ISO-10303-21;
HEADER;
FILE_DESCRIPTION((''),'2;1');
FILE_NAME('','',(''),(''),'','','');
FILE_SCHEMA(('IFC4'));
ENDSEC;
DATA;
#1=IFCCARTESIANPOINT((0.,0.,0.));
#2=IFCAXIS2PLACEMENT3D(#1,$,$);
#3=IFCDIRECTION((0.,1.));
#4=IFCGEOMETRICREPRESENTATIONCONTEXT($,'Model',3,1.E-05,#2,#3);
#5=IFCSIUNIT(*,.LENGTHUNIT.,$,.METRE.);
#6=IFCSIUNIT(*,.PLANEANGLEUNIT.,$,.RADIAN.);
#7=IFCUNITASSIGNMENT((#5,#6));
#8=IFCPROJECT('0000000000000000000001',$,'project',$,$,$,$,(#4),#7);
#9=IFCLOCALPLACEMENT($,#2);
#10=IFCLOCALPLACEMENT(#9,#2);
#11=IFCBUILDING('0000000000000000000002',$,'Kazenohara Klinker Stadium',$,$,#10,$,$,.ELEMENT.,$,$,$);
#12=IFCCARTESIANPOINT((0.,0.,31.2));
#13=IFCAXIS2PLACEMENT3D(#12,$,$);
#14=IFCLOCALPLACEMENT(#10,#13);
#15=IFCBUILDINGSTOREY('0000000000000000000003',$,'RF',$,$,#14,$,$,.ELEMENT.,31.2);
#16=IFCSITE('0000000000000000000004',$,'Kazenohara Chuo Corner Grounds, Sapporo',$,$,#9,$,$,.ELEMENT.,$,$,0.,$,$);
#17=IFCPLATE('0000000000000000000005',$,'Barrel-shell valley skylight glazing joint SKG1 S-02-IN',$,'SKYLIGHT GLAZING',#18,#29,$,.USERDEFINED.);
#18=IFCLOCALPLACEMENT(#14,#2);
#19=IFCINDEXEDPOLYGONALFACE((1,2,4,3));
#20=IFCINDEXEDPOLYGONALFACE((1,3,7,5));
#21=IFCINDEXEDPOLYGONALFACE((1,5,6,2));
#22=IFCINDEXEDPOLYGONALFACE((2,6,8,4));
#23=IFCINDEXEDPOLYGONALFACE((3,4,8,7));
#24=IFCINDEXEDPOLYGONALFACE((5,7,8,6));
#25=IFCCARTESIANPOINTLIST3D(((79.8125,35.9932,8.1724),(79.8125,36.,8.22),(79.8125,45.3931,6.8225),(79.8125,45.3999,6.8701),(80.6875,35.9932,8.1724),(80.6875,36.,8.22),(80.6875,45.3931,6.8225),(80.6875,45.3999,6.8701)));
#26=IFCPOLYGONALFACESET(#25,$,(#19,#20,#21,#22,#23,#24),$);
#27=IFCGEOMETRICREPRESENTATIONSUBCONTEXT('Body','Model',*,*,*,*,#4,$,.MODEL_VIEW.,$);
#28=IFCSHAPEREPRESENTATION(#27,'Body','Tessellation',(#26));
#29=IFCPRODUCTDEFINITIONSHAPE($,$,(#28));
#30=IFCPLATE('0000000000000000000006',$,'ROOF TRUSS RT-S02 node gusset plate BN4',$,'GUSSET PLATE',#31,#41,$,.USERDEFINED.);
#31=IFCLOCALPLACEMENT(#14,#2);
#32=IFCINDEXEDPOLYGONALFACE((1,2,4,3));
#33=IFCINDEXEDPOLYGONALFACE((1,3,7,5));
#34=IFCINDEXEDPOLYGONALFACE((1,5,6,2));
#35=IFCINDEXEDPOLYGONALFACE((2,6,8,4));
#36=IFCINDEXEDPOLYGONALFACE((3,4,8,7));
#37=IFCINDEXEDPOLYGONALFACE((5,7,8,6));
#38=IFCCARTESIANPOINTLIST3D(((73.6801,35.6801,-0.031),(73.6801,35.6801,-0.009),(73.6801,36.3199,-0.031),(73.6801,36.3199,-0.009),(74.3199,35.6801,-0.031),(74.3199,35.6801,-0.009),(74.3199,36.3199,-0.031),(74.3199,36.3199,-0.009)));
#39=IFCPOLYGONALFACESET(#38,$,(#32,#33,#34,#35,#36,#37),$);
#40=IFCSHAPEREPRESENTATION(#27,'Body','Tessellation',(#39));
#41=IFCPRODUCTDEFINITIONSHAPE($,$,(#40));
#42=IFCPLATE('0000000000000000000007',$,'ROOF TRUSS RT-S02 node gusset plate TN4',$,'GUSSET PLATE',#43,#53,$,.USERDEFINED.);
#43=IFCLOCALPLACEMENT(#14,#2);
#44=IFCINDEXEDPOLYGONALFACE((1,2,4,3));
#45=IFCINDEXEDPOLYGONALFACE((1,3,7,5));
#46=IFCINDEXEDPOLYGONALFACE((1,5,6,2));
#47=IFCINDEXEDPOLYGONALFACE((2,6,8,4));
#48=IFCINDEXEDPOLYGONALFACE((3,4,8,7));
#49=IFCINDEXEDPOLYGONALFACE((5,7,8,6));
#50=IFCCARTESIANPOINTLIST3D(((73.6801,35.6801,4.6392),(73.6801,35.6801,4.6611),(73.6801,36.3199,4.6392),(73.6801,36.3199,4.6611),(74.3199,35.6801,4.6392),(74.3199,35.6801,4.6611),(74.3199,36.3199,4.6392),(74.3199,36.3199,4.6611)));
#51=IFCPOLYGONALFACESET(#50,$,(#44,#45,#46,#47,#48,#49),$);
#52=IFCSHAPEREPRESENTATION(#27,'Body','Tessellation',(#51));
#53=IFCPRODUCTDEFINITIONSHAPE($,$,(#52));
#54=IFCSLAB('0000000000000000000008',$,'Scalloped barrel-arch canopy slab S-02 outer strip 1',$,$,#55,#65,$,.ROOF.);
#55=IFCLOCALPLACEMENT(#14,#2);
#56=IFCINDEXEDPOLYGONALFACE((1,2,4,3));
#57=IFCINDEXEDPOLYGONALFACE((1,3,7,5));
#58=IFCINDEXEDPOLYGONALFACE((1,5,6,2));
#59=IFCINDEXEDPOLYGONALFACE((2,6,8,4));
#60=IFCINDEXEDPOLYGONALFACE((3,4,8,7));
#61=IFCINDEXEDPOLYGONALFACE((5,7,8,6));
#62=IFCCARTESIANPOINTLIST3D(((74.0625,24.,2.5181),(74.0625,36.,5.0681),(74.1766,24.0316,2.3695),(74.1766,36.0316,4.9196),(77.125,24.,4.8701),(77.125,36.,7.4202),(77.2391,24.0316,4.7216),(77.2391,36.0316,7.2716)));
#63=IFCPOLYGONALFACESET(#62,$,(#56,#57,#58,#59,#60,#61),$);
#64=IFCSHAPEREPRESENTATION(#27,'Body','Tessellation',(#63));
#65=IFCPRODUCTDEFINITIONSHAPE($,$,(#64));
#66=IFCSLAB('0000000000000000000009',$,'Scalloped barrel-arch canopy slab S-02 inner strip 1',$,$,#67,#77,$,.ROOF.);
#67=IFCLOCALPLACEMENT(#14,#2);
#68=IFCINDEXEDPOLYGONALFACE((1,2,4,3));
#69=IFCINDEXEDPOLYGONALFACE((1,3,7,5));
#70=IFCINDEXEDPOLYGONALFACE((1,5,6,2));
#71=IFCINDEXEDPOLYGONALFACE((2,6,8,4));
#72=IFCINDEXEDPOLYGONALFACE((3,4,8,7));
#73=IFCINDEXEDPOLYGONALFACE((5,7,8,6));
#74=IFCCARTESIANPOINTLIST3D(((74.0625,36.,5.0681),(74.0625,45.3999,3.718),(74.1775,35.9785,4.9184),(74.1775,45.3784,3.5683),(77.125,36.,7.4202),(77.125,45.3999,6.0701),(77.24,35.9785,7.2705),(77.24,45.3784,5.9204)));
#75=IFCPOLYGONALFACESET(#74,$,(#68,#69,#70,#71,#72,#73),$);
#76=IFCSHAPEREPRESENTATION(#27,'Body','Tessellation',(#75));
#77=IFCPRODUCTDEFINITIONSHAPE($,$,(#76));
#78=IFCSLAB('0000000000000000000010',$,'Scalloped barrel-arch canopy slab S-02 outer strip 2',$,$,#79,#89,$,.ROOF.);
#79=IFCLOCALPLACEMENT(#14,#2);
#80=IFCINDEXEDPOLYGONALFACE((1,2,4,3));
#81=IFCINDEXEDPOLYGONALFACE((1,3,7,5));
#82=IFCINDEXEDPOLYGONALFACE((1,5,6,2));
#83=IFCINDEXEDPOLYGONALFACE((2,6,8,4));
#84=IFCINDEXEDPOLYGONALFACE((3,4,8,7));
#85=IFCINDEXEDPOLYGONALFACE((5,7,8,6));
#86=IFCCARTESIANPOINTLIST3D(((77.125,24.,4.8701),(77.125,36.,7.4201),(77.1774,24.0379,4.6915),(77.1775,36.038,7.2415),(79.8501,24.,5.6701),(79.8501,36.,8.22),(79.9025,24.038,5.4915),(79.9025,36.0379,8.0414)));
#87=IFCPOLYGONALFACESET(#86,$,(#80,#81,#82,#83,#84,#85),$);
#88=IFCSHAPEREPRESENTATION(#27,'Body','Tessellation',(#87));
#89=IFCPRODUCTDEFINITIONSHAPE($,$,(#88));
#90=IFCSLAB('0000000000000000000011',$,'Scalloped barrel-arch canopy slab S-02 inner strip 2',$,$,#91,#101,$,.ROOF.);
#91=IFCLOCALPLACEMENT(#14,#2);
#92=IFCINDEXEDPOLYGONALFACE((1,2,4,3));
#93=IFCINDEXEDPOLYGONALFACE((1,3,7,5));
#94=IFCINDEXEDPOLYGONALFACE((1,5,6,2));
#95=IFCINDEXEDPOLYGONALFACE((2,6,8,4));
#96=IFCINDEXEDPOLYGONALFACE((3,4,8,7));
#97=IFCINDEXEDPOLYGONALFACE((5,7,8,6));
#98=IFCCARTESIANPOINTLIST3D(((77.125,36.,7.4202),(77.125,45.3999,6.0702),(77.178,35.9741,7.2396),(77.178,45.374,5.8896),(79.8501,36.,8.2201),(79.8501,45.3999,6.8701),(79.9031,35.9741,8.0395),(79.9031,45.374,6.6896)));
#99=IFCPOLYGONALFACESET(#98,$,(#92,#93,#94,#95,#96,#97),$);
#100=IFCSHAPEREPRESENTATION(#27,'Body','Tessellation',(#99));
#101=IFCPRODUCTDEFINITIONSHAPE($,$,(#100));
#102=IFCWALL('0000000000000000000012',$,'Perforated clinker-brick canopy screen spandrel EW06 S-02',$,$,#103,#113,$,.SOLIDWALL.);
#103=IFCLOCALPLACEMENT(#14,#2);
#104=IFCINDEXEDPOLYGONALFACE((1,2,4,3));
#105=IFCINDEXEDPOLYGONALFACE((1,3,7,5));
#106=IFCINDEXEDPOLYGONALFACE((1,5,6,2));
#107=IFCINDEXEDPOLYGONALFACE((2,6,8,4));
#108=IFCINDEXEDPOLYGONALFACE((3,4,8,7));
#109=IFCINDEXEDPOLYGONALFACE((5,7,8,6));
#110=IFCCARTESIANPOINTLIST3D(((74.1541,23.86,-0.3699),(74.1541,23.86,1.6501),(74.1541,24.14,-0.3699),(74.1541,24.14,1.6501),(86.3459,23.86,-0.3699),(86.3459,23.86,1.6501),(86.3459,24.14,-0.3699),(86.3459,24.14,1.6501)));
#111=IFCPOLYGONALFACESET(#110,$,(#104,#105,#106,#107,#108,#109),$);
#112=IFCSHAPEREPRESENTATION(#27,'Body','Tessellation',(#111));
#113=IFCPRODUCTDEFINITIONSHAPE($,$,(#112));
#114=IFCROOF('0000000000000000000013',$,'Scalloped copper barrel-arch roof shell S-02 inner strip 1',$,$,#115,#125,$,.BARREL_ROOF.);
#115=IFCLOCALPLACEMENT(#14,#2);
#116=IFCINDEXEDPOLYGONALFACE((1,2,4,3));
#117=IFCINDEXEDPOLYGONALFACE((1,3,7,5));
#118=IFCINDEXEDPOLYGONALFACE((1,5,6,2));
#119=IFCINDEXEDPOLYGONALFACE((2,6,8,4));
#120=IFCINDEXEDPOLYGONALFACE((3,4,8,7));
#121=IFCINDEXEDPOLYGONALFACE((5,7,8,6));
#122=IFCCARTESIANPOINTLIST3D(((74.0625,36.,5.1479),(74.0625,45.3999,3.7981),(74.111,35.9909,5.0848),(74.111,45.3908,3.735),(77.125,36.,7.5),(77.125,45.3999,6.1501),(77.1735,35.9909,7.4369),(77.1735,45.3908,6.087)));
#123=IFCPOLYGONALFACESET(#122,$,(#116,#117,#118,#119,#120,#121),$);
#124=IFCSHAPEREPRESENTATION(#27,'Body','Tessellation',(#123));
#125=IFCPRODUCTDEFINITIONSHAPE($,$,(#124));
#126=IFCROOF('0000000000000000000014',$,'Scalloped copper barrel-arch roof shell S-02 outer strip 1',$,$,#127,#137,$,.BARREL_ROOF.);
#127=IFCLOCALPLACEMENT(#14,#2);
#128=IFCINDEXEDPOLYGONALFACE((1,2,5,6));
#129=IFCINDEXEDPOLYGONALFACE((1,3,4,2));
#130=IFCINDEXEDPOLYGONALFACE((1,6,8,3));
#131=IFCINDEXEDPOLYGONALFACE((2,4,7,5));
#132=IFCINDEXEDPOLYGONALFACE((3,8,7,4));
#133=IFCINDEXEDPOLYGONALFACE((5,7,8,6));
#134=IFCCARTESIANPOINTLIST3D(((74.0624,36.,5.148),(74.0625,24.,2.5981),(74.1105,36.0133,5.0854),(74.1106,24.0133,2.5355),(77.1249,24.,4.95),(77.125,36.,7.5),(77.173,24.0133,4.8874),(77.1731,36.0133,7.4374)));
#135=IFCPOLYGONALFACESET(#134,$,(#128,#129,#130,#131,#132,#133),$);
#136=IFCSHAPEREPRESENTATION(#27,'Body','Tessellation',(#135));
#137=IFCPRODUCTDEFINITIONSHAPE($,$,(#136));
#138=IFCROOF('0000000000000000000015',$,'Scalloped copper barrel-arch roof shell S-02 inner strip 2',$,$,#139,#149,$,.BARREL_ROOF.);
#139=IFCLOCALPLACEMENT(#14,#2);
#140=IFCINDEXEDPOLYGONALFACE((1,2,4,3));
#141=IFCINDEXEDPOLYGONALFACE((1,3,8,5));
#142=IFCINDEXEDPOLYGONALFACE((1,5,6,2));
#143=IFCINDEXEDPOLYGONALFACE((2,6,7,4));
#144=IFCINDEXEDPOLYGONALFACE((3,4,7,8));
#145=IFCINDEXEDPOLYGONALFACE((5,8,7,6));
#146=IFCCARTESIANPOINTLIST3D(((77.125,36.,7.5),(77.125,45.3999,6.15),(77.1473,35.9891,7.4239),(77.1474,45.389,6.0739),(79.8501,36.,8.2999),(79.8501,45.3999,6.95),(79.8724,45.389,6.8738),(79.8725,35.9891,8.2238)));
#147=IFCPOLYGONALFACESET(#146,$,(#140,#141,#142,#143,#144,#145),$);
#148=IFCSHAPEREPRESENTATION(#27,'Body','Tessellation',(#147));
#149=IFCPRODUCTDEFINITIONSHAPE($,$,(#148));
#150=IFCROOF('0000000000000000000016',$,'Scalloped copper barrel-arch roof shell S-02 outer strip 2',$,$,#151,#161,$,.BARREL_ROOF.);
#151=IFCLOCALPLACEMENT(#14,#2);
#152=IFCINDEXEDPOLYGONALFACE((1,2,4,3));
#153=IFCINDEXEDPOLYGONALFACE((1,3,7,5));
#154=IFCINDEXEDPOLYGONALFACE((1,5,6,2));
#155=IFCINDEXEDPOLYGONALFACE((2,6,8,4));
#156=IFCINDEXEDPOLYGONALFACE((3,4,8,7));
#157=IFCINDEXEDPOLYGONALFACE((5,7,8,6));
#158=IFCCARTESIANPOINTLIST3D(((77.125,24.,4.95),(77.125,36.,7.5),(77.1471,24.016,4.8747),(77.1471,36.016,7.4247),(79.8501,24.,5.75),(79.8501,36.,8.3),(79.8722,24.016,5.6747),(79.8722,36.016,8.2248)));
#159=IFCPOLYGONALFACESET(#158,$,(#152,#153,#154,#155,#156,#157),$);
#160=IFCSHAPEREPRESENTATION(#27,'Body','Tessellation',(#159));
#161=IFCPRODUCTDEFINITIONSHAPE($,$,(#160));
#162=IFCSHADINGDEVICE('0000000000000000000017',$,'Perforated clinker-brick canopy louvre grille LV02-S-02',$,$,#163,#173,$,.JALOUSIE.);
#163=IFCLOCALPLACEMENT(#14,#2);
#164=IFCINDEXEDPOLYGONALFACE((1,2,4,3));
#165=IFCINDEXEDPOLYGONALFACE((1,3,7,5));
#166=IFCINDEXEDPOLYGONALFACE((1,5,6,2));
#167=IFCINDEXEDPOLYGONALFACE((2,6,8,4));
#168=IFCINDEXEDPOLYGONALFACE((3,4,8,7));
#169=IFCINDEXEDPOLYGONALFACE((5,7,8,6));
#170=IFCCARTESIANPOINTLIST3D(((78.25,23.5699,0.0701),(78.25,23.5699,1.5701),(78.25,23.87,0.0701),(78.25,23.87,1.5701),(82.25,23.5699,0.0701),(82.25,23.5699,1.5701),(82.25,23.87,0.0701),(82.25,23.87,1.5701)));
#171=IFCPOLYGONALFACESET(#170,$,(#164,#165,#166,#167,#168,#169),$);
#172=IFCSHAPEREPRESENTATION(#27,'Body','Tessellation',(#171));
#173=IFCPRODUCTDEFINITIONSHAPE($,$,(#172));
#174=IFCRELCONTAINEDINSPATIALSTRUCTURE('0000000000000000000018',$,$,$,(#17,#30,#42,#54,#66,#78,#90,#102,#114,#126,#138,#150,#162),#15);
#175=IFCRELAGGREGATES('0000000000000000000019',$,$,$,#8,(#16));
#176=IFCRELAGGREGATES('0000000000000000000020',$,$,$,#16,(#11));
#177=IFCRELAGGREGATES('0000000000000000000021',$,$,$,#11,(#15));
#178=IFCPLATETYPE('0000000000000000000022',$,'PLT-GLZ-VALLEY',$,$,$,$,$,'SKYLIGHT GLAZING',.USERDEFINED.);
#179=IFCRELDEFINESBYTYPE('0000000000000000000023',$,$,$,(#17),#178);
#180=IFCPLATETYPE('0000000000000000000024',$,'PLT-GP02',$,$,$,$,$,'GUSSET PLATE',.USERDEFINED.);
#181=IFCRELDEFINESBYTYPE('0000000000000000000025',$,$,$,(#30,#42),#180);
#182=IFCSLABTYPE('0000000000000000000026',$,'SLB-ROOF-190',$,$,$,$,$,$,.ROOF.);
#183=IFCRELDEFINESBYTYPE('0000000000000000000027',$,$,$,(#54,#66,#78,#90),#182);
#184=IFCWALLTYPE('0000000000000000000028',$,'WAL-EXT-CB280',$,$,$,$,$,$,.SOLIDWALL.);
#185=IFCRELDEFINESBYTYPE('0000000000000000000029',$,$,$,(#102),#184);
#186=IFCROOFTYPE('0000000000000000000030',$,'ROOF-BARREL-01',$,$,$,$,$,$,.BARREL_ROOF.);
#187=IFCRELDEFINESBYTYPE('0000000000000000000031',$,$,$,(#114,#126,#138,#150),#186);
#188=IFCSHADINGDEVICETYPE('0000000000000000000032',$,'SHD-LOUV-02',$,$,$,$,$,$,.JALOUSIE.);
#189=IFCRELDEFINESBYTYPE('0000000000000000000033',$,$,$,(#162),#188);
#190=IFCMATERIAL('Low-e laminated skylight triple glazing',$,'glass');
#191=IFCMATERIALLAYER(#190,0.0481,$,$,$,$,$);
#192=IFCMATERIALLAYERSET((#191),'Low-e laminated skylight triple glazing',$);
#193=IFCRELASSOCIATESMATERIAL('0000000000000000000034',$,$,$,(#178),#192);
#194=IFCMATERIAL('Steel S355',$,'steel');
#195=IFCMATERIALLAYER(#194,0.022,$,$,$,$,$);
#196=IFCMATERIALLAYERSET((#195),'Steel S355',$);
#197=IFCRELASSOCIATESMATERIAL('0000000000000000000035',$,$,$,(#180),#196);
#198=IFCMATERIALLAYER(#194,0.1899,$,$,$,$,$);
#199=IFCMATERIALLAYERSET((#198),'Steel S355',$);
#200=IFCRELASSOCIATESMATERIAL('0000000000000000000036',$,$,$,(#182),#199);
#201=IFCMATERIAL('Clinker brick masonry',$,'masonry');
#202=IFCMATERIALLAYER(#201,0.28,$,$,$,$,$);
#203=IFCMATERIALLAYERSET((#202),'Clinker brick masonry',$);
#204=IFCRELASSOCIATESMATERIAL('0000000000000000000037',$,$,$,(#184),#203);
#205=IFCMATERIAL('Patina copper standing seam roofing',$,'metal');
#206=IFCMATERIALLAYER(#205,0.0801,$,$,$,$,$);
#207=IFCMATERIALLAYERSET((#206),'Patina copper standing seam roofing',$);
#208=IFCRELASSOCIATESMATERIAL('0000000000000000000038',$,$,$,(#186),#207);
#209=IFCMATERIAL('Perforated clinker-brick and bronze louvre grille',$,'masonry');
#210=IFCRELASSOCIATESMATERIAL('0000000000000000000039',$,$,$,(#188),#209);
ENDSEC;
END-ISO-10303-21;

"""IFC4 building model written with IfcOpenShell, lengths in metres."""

from ifc_helpers import new_model, si_unit, direction, frame, frame_2d, origin, origin_2d, place, context, subcontext, project, spatial, polyline, rectangle, outline, extrude, material, layer, layer_set, type_object, element, save


model = new_model("IFC4")

# Units and contexts
model_context = context("Model", 3, precision=1e-05, world=origin(), true_north=direction((0.0, 1.0)))
body_context = subcontext(model_context, "Body", "Model", "MODEL_VIEW")
ifc_project = project(units=[si_unit("LENGTHUNIT", "METRE"), si_unit("PLANEANGLEUNIT", "RADIAN")], contexts=[model_context])

# Site, building, storey
site_placement = place(None, origin())
site = spatial("IfcSite", under=ifc_project, at=site_placement, Name="Kazenohara Chuo Corner Grounds, Sapporo", CompositionType="ELEMENT", RefElevation=0.0)
building_placement = place(site_placement, origin())
building = spatial("IfcBuilding", under=site, at=building_placement, Name="Kazenohara Klinker Stadium", CompositionType="ELEMENT")
storey_placement = place(building_placement, frame((0.0, 0.0, 31.2)))
storey = spatial("IfcBuildingStorey", under=building, at=storey_placement, Name="RF", CompositionType="ELEMENT", Elevation=31.2)

# Shared definitions
ifc_material_1 = material(Name="Steel S355", Category="steel")

# Plates
ifc_material_2 = material(Name="Low-e laminated skylight triple glazing", Category="glass")
ifc_layer_1 = layer(ifc_material_2, 0.0481)
ifc_layer_set_1 = layer_set([ifc_layer_1], Name="Low-e laminated skylight triple glazing")
plate_type_1 = type_object("IfcPlateType", Name="PLT-GLZ-VALLEY", ElementType="SKYLIGHT GLAZING", PredefinedType="USERDEFINED", material=ifc_layer_set_1)
plate_1_placement = place(storey_placement, frame((79.8125, 36.0, 8.22), z_axis=(0.0, 0.142145, 0.989846), x_axis=(0.0, 0.989846, -0.142145)))
element("IfcPlate", 1, at=plate_1_placement, inside=storey, type_object=plate_type_1, Name="Barrel-shell valley skylight glazing joint SKG1 S-02-IN", ObjectType="SKYLIGHT GLAZING", PredefinedType="USERDEFINED", context=body_context, shape_type="SweptSolid", body=[
    extrude(outline(polyline([(0.0, 0.0), (9.4963, 0.0), (9.4963, -0.875), (0.0, -0.875), (0.0, 0.0)])), origin(), (0.0, 0.0, -1.0), 0.0481),
])
ifc_layer_2 = layer(ifc_material_1, 0.022)
ifc_layer_set_2 = layer_set([ifc_layer_2], Name="Steel S355")
plate_type_2 = type_object("IfcPlateType", Name="PLT-GP02", ElementType="GUSSET PLATE", PredefinedType="USERDEFINED", material=ifc_layer_set_2)
for number, where, z_axis, x_axis, name in (
    (2, (74.0, 36.0, -0.031), (0.0, 0.0, 1.0), (1.0, 0.0, 0.0), "ROOF TRUSS RT-S02 node gusset plate BN4"),
    (3, (74.0, 36.0, 4.6392), (0.0, 0.0, 1.0), (1.0, 0.0, 0.0), "ROOF TRUSS RT-S02 node gusset plate TN4"),
):
    element("IfcPlate", number, at=place(storey_placement, frame(where, z_axis=z_axis, x_axis=x_axis)), inside=storey, type_object=plate_type_2, Name=name, ObjectType="GUSSET PLATE", PredefinedType="USERDEFINED", context=body_context, shape_type="SweptSolid", body=[
        extrude(rectangle(XDim=0.6399, YDim=0.6399, at=origin_2d()), origin(), (0.0, 0.0, 1.0), 0.022),
    ])

# Slabs
ifc_layer_3 = layer(ifc_material_1, 0.1899)
ifc_layer_set_3 = layer_set([ifc_layer_3], Name="Steel S355")
slab_type = type_object("IfcSlabType", Name="SLB-ROOF-190", PredefinedType="ROOF", material=ifc_layer_set_3)
slab_1_placement = place(storey_placement, frame((74.0625, 24.0, 2.5181), z_axis=(-0.600635, -0.166191, 0.78206), x_axis=(0.0, 0.978158, 0.207863)))
element("IfcSlab", 4, at=slab_1_placement, inside=storey, type_object=slab_type, Name="Scalloped barrel-arch canopy slab S-02 outer strip 1", PredefinedType="ROOF", context=body_context, shape_type="SweptSolid", body=[
    extrude(outline(polyline([(0.0, 0.0), (12.268, 0.0), (12.7569, -3.8304), (0.4889, -3.8304), (0.0, 0.0)])), origin(), (0.0, 0.0, -1.0), 0.1899),
])
slab_2_placement = place(storey_placement, frame((74.0625, 36.0, 5.0681), z_axis=(-0.605192, 0.113179, 0.787993), x_axis=(0.0, 0.989842, -0.14217)))
element("IfcSlab", 5, at=slab_2_placement, inside=storey, type_object=slab_type, Name="Scalloped barrel-arch canopy slab S-02 inner strip 1", PredefinedType="ROOF", context=body_context, shape_type="SweptSolid", body=[
    extrude(outline(polyline([(0.0, 0.0), (9.4964, 0.0), (9.162, -3.847), (-0.3344, -3.847), (0.0, 0.0)])), origin(), (0.0, 0.0, -1.0), 0.1899),
])
slab_3_placement = place(storey_placement, frame((77.125, 24.0, 4.8701), z_axis=(-0.275979, -0.199781, 0.940172), x_axis=(0.000003, 0.97816, 0.207854)))
element("IfcSlab", 6, at=slab_3_placement, inside=storey, type_object=slab_type, Name="Scalloped barrel-arch canopy slab S-02 outer strip 2", PredefinedType="ROOF", context=body_context, shape_type="SweptSolid", body=[
    extrude(outline(polyline([(0.0, 0.0), (12.268, 0.0), (12.4342, -2.8352), (0.1663, -2.8352), (0.0, 0.0)])), origin(), (0.0, 0.0, -1.0), 0.1899),
])
slab_4_placement = place(storey_placement, frame((77.125, 36.0, 7.4202), z_axis=(-0.27902, 0.136512, 0.950533), x_axis=(-0.000003, 0.989844, -0.142158)))
element("IfcSlab", 7, at=slab_4_placement, inside=storey, type_object=slab_type, Name="Scalloped barrel-arch canopy slab S-02 inner strip 2", PredefinedType="ROOF", context=body_context, shape_type="SweptSolid", body=[
    extrude(outline(polyline([(0.0, 0.0), (9.4964, 0.0), (9.3826, -2.8378), (-0.1137, -2.8378), (0.0, 0.0)])), origin(), (0.0, 0.0, -1.0), 0.1899),
])

# Wall
ifc_material_3 = material(Name="Clinker brick masonry", Category="masonry")
ifc_layer_4 = layer(ifc_material_3, 0.28)
ifc_layer_set_4 = layer_set([ifc_layer_4], Name="Clinker brick masonry")
wall_type = type_object("IfcWallType", Name="WAL-EXT-CB280", PredefinedType="SOLIDWALL", material=ifc_layer_set_4)
wall_placement = place(storey_placement, frame((74.1541, 24.0, -0.3699), z_axis=(0.0, 0.0, 1.0), x_axis=(1.0, 0.0, 0.0)))
element("IfcWall", 8, at=wall_placement, inside=storey, type_object=wall_type, Name="Perforated clinker-brick canopy screen spandrel EW06 S-02", PredefinedType="SOLIDWALL", context=body_context, shape_type="SweptSolid", body=[
    extrude(rectangle(XDim=12.1919, YDim=0.28, at=frame_2d((6.0959, 0.0))), origin(), (0.0, 0.0, 1.0), 2.02),
])

# Roofs
ifc_material_4 = material(Name="Patina copper standing seam roofing", Category="metal")
ifc_layer_5 = layer(ifc_material_4, 0.0801)
ifc_layer_set_5 = layer_set([ifc_layer_5], Name="Patina copper standing seam roofing")
roof_type = type_object("IfcRoofType", Name="ROOF-BARREL-01", PredefinedType="BARREL_ROOF", material=ifc_layer_set_5)
roof_1_placement = place(storey_placement, frame((74.0625, 36.0, 5.1479), z_axis=(-0.605193, 0.113158, 0.787995), x_axis=(0.0, 0.989846, -0.142145)))
element("IfcRoof", 9, at=roof_1_placement, inside=storey, type_object=roof_type, Name="Scalloped copper barrel-arch roof shell S-02 inner strip 1", PredefinedType="BARREL_ROOF", context=body_context, shape_type="SweptSolid", body=[
    extrude(outline(polyline([(0.0, 0.0), (9.4963, 0.0), (9.162, -3.847), (-0.3343, -3.847), (0.0, 0.0)])), origin(), (0.0, 0.0, -1.0), 0.0801),
])
roof_2_placement = place(storey_placement, frame((74.0625, 24.0, 2.5981), z_axis=(-0.600616, -0.166186, 0.782076), x_axis=(-0.000005, 0.978161, 0.20785)))
element("IfcRoof", 10, at=roof_2_placement, inside=storey, type_object=roof_type, Name="Scalloped copper barrel-arch roof shell S-02 outer strip 1", PredefinedType="BARREL_ROOF", context=body_context, shape_type="SweptSolid", body=[
    extrude(outline(polyline([(0.0, 0.0), (12.2679, 0.0), (12.7568, -3.8304), (0.4888, -3.8303), (0.0, 0.0)])), origin(), (0.0, 0.0, -1.0), 0.0801),
])
roof_3_placement = place(storey_placement, frame((77.125, 36.0, 7.5), z_axis=(-0.27902, 0.136512, 0.950533), x_axis=(0.000003, 0.989844, -0.142156)))
element("IfcRoof", 11, at=roof_3_placement, inside=storey, type_object=roof_type, Name="Scalloped copper barrel-arch roof shell S-02 inner strip 2", PredefinedType="BARREL_ROOF", context=body_context, shape_type="SweptSolid", body=[
    extrude(outline(polyline([(0.0, 0.0), (9.4963, 0.0), (9.3826, -2.8378), (-0.1137, -2.8378), (0.0, 0.0)])), origin(), (0.0, 0.0, -1.0), 0.0801),
])
roof_4_placement = place(storey_placement, frame((77.125, 24.0, 4.95), z_axis=(-0.276017, -0.199788, 0.940159), x_axis=(0.0, 0.978158, 0.207863)))
element("IfcRoof", 12, at=roof_4_placement, inside=storey, type_object=roof_type, Name="Scalloped copper barrel-arch roof shell S-02 outer strip 2", PredefinedType="BARREL_ROOF", context=body_context, shape_type="SweptSolid", body=[
    extrude(outline(polyline([(0.0, 0.0), (12.268, 0.0), (12.4343, -2.8352), (0.1663, -2.8352), (0.0, 0.0)])), origin(), (0.0, 0.0, -1.0), 0.0801),
])

# Shading device
ifc_material_5 = material(Name="Perforated clinker-brick and bronze louvre grille", Category="masonry")
shading_device_type = type_object("IfcShadingDeviceType", Name="SHD-LOUV-02", PredefinedType="JALOUSIE", material=ifc_material_5)
shading_device_placement = place(storey_placement, frame((80.25, 23.72, 0.0701), z_axis=(0.0, 0.0, 1.0), x_axis=(1.0, 0.0, 0.0)))
element("IfcShadingDevice", 13, at=shading_device_placement, inside=storey, type_object=shading_device_type, Name="Perforated clinker-brick canopy louvre grille LV02-S-02", PredefinedType="JALOUSIE", context=body_context, shape_type="SweptSolid", body=[
    extrude(rectangle(XDim=4.0, YDim=0.3, at=origin_2d()), origin(), (0.0, 0.0, 1.0), 1.5),
])

save(model, "model.ifc")
